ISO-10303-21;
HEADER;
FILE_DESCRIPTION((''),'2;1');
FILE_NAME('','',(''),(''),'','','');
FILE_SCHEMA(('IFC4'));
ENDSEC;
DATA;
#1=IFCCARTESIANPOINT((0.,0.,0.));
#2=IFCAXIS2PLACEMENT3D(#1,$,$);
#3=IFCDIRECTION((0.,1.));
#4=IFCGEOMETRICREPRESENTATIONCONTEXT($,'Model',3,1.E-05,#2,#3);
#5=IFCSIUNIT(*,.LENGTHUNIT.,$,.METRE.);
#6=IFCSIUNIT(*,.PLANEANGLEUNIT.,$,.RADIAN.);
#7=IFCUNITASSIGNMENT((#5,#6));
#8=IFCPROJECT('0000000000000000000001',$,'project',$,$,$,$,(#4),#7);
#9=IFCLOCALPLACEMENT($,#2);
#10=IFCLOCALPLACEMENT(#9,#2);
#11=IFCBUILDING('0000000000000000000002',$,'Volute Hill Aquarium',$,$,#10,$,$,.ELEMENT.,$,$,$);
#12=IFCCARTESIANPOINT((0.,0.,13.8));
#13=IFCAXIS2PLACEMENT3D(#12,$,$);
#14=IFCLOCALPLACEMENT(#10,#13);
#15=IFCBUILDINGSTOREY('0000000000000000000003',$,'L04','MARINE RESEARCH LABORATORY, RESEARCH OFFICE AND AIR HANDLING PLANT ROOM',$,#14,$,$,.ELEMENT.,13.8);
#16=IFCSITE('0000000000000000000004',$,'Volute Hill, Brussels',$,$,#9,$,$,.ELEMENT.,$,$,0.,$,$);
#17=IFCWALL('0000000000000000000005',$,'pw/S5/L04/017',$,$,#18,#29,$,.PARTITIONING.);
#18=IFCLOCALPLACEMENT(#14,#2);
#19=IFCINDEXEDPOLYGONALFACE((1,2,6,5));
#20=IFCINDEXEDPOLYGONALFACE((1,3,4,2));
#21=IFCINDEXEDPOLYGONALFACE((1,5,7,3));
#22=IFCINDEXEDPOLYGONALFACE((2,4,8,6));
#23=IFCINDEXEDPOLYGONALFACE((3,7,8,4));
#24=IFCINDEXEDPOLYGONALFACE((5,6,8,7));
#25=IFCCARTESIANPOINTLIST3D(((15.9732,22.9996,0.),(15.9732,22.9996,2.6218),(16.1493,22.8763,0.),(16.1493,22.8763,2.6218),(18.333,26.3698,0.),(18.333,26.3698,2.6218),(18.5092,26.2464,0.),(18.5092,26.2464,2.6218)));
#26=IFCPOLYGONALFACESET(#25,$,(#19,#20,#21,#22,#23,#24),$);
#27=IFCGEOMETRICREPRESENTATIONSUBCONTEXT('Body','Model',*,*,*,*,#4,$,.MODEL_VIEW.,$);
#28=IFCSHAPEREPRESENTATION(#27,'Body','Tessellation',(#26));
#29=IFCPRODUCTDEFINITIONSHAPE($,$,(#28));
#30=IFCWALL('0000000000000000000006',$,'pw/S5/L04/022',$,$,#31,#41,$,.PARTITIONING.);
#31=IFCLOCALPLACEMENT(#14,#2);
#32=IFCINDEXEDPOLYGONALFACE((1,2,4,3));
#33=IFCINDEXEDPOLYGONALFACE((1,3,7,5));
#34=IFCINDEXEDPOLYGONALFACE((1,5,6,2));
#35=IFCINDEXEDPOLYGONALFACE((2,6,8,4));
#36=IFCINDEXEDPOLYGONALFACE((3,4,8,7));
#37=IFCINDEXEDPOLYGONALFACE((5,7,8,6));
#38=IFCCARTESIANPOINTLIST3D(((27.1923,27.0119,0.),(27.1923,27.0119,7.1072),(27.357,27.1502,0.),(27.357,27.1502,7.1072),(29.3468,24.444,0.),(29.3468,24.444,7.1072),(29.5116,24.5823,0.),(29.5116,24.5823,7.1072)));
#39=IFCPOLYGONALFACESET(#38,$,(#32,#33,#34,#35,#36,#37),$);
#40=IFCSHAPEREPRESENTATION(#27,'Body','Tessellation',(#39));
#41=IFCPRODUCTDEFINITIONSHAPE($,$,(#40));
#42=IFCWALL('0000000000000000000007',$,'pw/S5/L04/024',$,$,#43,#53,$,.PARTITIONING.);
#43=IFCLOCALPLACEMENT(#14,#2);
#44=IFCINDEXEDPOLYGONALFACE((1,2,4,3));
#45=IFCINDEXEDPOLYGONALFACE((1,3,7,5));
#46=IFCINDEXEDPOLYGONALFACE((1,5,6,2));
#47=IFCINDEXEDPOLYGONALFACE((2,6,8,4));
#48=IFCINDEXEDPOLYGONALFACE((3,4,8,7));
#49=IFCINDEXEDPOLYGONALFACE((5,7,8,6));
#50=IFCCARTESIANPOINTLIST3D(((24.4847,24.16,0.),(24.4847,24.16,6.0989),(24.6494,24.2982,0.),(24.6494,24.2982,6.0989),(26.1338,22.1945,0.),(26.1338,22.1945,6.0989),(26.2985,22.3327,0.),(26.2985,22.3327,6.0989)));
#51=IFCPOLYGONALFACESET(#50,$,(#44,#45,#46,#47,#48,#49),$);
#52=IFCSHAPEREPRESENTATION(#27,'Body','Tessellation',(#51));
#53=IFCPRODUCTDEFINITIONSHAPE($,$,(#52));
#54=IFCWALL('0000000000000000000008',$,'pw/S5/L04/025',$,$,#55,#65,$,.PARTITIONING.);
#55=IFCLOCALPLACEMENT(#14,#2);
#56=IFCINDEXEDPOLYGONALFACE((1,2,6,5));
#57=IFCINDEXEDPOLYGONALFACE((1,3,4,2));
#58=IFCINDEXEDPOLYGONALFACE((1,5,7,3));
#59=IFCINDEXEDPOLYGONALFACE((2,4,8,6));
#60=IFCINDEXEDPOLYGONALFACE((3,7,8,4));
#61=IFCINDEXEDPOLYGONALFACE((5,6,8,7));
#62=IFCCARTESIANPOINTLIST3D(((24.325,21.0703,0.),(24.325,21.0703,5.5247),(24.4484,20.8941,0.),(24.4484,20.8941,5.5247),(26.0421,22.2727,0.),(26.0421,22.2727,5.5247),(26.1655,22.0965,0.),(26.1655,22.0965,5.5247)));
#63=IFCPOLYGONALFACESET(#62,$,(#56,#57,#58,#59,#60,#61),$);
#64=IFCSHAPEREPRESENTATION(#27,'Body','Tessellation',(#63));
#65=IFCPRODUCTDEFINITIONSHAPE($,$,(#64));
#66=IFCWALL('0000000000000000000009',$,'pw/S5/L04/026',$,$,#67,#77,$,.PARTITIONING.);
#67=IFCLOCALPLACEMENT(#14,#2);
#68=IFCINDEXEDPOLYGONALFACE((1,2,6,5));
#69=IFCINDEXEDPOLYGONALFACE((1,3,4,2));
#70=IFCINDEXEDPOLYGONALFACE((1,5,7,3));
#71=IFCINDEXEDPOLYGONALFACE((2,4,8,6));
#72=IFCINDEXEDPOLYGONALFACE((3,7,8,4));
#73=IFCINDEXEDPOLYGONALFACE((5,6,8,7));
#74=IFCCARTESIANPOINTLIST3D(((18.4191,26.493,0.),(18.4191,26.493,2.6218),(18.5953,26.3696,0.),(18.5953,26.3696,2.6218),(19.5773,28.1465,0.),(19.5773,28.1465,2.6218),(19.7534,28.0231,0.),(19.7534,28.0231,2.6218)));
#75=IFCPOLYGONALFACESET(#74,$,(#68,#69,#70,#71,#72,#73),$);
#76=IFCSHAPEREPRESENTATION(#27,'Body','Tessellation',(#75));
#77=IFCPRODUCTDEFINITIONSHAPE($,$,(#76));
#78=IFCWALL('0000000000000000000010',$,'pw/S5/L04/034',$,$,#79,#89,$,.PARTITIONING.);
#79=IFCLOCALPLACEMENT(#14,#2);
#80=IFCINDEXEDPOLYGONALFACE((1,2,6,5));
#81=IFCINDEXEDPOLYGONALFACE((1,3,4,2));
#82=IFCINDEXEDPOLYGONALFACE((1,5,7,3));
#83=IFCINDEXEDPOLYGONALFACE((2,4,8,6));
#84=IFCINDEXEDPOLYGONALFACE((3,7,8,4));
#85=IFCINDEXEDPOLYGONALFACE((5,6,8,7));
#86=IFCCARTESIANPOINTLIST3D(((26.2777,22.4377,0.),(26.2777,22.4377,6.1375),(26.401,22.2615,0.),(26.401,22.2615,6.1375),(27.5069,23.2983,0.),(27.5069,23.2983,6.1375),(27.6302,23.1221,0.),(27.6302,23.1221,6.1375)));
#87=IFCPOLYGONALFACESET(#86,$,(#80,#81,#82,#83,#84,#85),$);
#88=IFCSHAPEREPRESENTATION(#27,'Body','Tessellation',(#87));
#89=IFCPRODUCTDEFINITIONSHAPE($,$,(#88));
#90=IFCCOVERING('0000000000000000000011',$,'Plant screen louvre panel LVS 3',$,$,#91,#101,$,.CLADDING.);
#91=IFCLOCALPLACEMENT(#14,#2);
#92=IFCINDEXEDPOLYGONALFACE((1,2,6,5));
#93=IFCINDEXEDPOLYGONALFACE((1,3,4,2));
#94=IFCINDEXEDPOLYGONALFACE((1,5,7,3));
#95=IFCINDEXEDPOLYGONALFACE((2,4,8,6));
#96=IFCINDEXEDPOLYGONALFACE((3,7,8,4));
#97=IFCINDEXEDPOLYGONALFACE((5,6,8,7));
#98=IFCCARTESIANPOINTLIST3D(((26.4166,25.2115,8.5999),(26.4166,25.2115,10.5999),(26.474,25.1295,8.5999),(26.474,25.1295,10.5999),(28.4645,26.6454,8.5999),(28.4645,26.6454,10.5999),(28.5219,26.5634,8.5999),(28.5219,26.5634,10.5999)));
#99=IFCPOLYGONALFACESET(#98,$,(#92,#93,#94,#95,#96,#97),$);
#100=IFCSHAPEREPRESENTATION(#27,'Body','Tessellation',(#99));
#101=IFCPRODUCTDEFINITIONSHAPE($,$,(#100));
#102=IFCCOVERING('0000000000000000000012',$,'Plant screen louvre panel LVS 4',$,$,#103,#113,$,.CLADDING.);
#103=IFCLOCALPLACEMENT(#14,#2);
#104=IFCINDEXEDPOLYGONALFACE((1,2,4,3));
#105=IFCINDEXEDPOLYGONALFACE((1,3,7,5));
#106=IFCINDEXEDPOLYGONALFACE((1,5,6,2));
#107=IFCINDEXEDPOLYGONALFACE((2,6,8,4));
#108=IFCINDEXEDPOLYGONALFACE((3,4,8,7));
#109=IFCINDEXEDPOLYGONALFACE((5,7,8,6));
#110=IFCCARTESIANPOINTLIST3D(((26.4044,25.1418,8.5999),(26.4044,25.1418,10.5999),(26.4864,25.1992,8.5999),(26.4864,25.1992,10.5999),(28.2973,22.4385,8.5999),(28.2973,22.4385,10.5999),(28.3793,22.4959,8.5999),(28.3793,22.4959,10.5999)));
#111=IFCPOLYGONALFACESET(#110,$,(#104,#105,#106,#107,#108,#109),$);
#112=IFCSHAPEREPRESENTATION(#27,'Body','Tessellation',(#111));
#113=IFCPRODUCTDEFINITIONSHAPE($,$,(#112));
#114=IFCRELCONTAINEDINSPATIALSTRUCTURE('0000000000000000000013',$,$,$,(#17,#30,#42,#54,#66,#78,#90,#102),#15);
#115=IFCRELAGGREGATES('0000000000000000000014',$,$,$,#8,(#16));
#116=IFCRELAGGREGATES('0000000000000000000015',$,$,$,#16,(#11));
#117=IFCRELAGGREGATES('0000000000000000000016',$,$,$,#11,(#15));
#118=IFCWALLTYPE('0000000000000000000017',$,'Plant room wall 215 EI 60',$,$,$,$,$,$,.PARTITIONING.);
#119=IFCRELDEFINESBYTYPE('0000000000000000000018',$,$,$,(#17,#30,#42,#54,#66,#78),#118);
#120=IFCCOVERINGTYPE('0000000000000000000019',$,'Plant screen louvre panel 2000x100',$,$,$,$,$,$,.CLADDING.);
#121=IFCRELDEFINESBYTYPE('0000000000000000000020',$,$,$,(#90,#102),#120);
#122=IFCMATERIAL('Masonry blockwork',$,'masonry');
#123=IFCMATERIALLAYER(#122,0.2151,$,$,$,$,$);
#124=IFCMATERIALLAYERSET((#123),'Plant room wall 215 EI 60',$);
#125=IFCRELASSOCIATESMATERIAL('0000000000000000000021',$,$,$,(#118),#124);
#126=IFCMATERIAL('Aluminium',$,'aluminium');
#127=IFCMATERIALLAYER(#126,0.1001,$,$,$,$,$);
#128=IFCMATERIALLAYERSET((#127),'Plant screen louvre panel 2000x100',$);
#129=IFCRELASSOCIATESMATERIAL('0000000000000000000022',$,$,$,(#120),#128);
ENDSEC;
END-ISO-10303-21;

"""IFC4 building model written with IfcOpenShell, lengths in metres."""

from ifc_helpers import new_model, si_unit, direction, frame, frame_2d, origin, origin_2d, place, context, subcontext, project, spatial, rectangle, extrude, material, layer, layer_set, type_object, element, save


model = new_model("IFC4")

# Units and contexts
model_context = context("Model", 3, precision=1e-05, world=origin(), true_north=direction((0.0, 1.0)))
body_context = subcontext(model_context, "Body", "Model", "MODEL_VIEW")
ifc_project = project(units=[si_unit("LENGTHUNIT", "METRE"), si_unit("PLANEANGLEUNIT", "RADIAN")], contexts=[model_context])

# Site, building, storey
site_placement = place(None, origin())
site = spatial("IfcSite", under=ifc_project, at=site_placement, Name="Volute Hill, Brussels", CompositionType="ELEMENT", RefElevation=0.0)
building_placement = place(site_placement, origin())
building = spatial("IfcBuilding", under=site, at=building_placement, Name="Volute Hill Aquarium", CompositionType="ELEMENT")
storey_placement = place(building_placement, frame((0.0, 0.0, 13.8)))
storey = spatial("IfcBuildingStorey", under=building, at=storey_placement, Name="L04", Description="MARINE RESEARCH LABORATORY, RESEARCH OFFICE AND AIR HANDLING PLANT ROOM", CompositionType="ELEMENT", Elevation=13.8)

# Walls
ifc_material_1 = material(Name="Masonry blockwork", Category="masonry")
ifc_layer_1 = layer(ifc_material_1, 0.2151)
ifc_layer_set_1 = layer_set([ifc_layer_1], Name="Plant room wall 215 EI 60")
wall_type_1 = type_object("IfcWallType", Name="Plant room wall 215 EI 60", PredefinedType="PARTITIONING", material=ifc_layer_set_1)
wall_1_placement = place(storey_placement, frame((18.4211, 26.3081, 0.0), z_axis=(0.0, 0.0, 1.0), x_axis=(-0.57359, -0.819143, 0.0)))
element("IfcWall", 1, at=wall_1_placement, inside=storey, type_object=wall_type_1, Name="pw/S5/L04/017", PredefinedType="PARTITIONING", context=body_context, shape_type="SweptSolid", body=[
    extrude(rectangle(XDim=4.1143, YDim=0.2151, at=frame_2d((2.0571, 0.0))), origin(), (0.0, 0.0, 1.0), 2.6218),
])
wall_2_placement = place(storey_placement, frame((27.2747, 27.0811, 0.0), z_axis=(0.0, 0.0, 1.0), x_axis=(0.64276, -0.766068, 0.0)))
element("IfcWall", 2, at=wall_2_placement, inside=storey, type_object=wall_type_1, Name="pw/S5/L04/022", PredefinedType="PARTITIONING", context=body_context, shape_type="SweptSolid", body=[
    extrude(rectangle(XDim=3.3521, YDim=0.2151, at=frame_2d((1.676, 0.0))), origin(), (0.0, 0.0, 1.0), 7.1072),
])
wall_3_placement = place(storey_placement, frame((24.5671, 24.229, 0.0), z_axis=(0.0, 0.0, 1.0), x_axis=(0.642755, -0.766072, 0.0)))
element("IfcWall", 3, at=wall_3_placement, inside=storey, type_object=wall_type_1, Name="pw/S5/L04/024", PredefinedType="PARTITIONING", context=body_context, shape_type="SweptSolid", body=[
    extrude(rectangle(XDim=2.5657, YDim=0.2151, at=frame_2d((1.2827, 0.0))), origin(), (0.0, 0.0, 1.0), 6.0989),
])
wall_4_placement = place(storey_placement, frame((24.3867, 20.9822, 0.0), z_axis=(0.0, 0.0, 1.0), x_axis=(0.819128, 0.573611, 0.0)))
element("IfcWall", 4, at=wall_4_placement, inside=storey, type_object=wall_type_1, Name="pw/S5/L04/025", PredefinedType="PARTITIONING", context=body_context, shape_type="SweptSolid", body=[
    extrude(rectangle(XDim=2.0962, YDim=0.2151, at=frame_2d((1.0481, 0.0))), origin(), (0.0, 0.0, 1.0), 5.5247),
])
wall_5_placement = place(storey_placement, frame((19.6653, 28.0847, 0.0), z_axis=(0.0, 0.0, 1.0), x_axis=(-0.573698, -0.819067, 0.0)))
element("IfcWall", 5, at=wall_5_placement, inside=storey, type_object=wall_type_1, Name="pw/S5/L04/026", PredefinedType="PARTITIONING", context=body_context, shape_type="SweptSolid", body=[
    extrude(rectangle(XDim=2.0188, YDim=0.2151, at=frame_2d((1.0093, 0.0))), origin(), (0.0, 0.0, 1.0), 2.6218),
])
wall_6_placement = place(storey_placement, frame((26.3394, 22.3496, 0.0), z_axis=(0.0, 0.0, 1.0), x_axis=(0.819194, 0.573517, 0.0)))
element("IfcWall", 6, at=wall_6_placement, inside=storey, type_object=wall_type_1, Name="pw/S5/L04/034", PredefinedType="PARTITIONING", context=body_context, shape_type="SweptSolid", body=[
    extrude(rectangle(XDim=1.5005, YDim=0.2151, at=frame_2d((0.7502, 0.0))), origin(), (0.0, 0.0, 1.0), 6.1375),
])

# Coverings
ifc_material_2 = material(Name="Aluminium", Category="aluminium")
ifc_layer_2 = layer(ifc_material_2, 0.1001)
ifc_layer_set_2 = layer_set([ifc_layer_2], Name="Plant screen louvre panel 2000x100")
covering_type = type_object("IfcCoveringType", Name="Plant screen louvre panel 2000x100", PredefinedType="CLADDING", material=ifc_layer_set_2)
covering_1_placement = place(storey_placement, frame((27.4692, 25.8875, 8.5999), z_axis=(0.0, 0.0, 1.0), x_axis=(-0.819145, -0.573586, 0.0)))
element("IfcCovering", 7, at=covering_1_placement, inside=storey, type_object=covering_type, Name="Plant screen louvre panel LVS 3", PredefinedType="CLADDING", context=body_context, shape_type="SweptSolid", body=[
    extrude(rectangle(XDim=2.5, YDim=0.1001, at=origin_2d()), origin(), (0.0, 0.0, 1.0), 2.0),
])
covering_2_placement = place(storey_placement, frame((27.3918, 23.8188, 8.5999), z_axis=(0.0, 0.0, 1.0), x_axis=(0.573576, -0.819152, 0.0)))
element("IfcCovering", 8, at=covering_2_placement, inside=storey, type_object=covering_type, Name="Plant screen louvre panel LVS 4", PredefinedType="CLADDING", context=body_context, shape_type="SweptSolid", body=[
    extrude(rectangle(XDim=3.3, YDim=0.1001, at=origin_2d()), origin(), (0.0, 0.0, 1.0), 2.0),
])

save(model, "model.ifc")
